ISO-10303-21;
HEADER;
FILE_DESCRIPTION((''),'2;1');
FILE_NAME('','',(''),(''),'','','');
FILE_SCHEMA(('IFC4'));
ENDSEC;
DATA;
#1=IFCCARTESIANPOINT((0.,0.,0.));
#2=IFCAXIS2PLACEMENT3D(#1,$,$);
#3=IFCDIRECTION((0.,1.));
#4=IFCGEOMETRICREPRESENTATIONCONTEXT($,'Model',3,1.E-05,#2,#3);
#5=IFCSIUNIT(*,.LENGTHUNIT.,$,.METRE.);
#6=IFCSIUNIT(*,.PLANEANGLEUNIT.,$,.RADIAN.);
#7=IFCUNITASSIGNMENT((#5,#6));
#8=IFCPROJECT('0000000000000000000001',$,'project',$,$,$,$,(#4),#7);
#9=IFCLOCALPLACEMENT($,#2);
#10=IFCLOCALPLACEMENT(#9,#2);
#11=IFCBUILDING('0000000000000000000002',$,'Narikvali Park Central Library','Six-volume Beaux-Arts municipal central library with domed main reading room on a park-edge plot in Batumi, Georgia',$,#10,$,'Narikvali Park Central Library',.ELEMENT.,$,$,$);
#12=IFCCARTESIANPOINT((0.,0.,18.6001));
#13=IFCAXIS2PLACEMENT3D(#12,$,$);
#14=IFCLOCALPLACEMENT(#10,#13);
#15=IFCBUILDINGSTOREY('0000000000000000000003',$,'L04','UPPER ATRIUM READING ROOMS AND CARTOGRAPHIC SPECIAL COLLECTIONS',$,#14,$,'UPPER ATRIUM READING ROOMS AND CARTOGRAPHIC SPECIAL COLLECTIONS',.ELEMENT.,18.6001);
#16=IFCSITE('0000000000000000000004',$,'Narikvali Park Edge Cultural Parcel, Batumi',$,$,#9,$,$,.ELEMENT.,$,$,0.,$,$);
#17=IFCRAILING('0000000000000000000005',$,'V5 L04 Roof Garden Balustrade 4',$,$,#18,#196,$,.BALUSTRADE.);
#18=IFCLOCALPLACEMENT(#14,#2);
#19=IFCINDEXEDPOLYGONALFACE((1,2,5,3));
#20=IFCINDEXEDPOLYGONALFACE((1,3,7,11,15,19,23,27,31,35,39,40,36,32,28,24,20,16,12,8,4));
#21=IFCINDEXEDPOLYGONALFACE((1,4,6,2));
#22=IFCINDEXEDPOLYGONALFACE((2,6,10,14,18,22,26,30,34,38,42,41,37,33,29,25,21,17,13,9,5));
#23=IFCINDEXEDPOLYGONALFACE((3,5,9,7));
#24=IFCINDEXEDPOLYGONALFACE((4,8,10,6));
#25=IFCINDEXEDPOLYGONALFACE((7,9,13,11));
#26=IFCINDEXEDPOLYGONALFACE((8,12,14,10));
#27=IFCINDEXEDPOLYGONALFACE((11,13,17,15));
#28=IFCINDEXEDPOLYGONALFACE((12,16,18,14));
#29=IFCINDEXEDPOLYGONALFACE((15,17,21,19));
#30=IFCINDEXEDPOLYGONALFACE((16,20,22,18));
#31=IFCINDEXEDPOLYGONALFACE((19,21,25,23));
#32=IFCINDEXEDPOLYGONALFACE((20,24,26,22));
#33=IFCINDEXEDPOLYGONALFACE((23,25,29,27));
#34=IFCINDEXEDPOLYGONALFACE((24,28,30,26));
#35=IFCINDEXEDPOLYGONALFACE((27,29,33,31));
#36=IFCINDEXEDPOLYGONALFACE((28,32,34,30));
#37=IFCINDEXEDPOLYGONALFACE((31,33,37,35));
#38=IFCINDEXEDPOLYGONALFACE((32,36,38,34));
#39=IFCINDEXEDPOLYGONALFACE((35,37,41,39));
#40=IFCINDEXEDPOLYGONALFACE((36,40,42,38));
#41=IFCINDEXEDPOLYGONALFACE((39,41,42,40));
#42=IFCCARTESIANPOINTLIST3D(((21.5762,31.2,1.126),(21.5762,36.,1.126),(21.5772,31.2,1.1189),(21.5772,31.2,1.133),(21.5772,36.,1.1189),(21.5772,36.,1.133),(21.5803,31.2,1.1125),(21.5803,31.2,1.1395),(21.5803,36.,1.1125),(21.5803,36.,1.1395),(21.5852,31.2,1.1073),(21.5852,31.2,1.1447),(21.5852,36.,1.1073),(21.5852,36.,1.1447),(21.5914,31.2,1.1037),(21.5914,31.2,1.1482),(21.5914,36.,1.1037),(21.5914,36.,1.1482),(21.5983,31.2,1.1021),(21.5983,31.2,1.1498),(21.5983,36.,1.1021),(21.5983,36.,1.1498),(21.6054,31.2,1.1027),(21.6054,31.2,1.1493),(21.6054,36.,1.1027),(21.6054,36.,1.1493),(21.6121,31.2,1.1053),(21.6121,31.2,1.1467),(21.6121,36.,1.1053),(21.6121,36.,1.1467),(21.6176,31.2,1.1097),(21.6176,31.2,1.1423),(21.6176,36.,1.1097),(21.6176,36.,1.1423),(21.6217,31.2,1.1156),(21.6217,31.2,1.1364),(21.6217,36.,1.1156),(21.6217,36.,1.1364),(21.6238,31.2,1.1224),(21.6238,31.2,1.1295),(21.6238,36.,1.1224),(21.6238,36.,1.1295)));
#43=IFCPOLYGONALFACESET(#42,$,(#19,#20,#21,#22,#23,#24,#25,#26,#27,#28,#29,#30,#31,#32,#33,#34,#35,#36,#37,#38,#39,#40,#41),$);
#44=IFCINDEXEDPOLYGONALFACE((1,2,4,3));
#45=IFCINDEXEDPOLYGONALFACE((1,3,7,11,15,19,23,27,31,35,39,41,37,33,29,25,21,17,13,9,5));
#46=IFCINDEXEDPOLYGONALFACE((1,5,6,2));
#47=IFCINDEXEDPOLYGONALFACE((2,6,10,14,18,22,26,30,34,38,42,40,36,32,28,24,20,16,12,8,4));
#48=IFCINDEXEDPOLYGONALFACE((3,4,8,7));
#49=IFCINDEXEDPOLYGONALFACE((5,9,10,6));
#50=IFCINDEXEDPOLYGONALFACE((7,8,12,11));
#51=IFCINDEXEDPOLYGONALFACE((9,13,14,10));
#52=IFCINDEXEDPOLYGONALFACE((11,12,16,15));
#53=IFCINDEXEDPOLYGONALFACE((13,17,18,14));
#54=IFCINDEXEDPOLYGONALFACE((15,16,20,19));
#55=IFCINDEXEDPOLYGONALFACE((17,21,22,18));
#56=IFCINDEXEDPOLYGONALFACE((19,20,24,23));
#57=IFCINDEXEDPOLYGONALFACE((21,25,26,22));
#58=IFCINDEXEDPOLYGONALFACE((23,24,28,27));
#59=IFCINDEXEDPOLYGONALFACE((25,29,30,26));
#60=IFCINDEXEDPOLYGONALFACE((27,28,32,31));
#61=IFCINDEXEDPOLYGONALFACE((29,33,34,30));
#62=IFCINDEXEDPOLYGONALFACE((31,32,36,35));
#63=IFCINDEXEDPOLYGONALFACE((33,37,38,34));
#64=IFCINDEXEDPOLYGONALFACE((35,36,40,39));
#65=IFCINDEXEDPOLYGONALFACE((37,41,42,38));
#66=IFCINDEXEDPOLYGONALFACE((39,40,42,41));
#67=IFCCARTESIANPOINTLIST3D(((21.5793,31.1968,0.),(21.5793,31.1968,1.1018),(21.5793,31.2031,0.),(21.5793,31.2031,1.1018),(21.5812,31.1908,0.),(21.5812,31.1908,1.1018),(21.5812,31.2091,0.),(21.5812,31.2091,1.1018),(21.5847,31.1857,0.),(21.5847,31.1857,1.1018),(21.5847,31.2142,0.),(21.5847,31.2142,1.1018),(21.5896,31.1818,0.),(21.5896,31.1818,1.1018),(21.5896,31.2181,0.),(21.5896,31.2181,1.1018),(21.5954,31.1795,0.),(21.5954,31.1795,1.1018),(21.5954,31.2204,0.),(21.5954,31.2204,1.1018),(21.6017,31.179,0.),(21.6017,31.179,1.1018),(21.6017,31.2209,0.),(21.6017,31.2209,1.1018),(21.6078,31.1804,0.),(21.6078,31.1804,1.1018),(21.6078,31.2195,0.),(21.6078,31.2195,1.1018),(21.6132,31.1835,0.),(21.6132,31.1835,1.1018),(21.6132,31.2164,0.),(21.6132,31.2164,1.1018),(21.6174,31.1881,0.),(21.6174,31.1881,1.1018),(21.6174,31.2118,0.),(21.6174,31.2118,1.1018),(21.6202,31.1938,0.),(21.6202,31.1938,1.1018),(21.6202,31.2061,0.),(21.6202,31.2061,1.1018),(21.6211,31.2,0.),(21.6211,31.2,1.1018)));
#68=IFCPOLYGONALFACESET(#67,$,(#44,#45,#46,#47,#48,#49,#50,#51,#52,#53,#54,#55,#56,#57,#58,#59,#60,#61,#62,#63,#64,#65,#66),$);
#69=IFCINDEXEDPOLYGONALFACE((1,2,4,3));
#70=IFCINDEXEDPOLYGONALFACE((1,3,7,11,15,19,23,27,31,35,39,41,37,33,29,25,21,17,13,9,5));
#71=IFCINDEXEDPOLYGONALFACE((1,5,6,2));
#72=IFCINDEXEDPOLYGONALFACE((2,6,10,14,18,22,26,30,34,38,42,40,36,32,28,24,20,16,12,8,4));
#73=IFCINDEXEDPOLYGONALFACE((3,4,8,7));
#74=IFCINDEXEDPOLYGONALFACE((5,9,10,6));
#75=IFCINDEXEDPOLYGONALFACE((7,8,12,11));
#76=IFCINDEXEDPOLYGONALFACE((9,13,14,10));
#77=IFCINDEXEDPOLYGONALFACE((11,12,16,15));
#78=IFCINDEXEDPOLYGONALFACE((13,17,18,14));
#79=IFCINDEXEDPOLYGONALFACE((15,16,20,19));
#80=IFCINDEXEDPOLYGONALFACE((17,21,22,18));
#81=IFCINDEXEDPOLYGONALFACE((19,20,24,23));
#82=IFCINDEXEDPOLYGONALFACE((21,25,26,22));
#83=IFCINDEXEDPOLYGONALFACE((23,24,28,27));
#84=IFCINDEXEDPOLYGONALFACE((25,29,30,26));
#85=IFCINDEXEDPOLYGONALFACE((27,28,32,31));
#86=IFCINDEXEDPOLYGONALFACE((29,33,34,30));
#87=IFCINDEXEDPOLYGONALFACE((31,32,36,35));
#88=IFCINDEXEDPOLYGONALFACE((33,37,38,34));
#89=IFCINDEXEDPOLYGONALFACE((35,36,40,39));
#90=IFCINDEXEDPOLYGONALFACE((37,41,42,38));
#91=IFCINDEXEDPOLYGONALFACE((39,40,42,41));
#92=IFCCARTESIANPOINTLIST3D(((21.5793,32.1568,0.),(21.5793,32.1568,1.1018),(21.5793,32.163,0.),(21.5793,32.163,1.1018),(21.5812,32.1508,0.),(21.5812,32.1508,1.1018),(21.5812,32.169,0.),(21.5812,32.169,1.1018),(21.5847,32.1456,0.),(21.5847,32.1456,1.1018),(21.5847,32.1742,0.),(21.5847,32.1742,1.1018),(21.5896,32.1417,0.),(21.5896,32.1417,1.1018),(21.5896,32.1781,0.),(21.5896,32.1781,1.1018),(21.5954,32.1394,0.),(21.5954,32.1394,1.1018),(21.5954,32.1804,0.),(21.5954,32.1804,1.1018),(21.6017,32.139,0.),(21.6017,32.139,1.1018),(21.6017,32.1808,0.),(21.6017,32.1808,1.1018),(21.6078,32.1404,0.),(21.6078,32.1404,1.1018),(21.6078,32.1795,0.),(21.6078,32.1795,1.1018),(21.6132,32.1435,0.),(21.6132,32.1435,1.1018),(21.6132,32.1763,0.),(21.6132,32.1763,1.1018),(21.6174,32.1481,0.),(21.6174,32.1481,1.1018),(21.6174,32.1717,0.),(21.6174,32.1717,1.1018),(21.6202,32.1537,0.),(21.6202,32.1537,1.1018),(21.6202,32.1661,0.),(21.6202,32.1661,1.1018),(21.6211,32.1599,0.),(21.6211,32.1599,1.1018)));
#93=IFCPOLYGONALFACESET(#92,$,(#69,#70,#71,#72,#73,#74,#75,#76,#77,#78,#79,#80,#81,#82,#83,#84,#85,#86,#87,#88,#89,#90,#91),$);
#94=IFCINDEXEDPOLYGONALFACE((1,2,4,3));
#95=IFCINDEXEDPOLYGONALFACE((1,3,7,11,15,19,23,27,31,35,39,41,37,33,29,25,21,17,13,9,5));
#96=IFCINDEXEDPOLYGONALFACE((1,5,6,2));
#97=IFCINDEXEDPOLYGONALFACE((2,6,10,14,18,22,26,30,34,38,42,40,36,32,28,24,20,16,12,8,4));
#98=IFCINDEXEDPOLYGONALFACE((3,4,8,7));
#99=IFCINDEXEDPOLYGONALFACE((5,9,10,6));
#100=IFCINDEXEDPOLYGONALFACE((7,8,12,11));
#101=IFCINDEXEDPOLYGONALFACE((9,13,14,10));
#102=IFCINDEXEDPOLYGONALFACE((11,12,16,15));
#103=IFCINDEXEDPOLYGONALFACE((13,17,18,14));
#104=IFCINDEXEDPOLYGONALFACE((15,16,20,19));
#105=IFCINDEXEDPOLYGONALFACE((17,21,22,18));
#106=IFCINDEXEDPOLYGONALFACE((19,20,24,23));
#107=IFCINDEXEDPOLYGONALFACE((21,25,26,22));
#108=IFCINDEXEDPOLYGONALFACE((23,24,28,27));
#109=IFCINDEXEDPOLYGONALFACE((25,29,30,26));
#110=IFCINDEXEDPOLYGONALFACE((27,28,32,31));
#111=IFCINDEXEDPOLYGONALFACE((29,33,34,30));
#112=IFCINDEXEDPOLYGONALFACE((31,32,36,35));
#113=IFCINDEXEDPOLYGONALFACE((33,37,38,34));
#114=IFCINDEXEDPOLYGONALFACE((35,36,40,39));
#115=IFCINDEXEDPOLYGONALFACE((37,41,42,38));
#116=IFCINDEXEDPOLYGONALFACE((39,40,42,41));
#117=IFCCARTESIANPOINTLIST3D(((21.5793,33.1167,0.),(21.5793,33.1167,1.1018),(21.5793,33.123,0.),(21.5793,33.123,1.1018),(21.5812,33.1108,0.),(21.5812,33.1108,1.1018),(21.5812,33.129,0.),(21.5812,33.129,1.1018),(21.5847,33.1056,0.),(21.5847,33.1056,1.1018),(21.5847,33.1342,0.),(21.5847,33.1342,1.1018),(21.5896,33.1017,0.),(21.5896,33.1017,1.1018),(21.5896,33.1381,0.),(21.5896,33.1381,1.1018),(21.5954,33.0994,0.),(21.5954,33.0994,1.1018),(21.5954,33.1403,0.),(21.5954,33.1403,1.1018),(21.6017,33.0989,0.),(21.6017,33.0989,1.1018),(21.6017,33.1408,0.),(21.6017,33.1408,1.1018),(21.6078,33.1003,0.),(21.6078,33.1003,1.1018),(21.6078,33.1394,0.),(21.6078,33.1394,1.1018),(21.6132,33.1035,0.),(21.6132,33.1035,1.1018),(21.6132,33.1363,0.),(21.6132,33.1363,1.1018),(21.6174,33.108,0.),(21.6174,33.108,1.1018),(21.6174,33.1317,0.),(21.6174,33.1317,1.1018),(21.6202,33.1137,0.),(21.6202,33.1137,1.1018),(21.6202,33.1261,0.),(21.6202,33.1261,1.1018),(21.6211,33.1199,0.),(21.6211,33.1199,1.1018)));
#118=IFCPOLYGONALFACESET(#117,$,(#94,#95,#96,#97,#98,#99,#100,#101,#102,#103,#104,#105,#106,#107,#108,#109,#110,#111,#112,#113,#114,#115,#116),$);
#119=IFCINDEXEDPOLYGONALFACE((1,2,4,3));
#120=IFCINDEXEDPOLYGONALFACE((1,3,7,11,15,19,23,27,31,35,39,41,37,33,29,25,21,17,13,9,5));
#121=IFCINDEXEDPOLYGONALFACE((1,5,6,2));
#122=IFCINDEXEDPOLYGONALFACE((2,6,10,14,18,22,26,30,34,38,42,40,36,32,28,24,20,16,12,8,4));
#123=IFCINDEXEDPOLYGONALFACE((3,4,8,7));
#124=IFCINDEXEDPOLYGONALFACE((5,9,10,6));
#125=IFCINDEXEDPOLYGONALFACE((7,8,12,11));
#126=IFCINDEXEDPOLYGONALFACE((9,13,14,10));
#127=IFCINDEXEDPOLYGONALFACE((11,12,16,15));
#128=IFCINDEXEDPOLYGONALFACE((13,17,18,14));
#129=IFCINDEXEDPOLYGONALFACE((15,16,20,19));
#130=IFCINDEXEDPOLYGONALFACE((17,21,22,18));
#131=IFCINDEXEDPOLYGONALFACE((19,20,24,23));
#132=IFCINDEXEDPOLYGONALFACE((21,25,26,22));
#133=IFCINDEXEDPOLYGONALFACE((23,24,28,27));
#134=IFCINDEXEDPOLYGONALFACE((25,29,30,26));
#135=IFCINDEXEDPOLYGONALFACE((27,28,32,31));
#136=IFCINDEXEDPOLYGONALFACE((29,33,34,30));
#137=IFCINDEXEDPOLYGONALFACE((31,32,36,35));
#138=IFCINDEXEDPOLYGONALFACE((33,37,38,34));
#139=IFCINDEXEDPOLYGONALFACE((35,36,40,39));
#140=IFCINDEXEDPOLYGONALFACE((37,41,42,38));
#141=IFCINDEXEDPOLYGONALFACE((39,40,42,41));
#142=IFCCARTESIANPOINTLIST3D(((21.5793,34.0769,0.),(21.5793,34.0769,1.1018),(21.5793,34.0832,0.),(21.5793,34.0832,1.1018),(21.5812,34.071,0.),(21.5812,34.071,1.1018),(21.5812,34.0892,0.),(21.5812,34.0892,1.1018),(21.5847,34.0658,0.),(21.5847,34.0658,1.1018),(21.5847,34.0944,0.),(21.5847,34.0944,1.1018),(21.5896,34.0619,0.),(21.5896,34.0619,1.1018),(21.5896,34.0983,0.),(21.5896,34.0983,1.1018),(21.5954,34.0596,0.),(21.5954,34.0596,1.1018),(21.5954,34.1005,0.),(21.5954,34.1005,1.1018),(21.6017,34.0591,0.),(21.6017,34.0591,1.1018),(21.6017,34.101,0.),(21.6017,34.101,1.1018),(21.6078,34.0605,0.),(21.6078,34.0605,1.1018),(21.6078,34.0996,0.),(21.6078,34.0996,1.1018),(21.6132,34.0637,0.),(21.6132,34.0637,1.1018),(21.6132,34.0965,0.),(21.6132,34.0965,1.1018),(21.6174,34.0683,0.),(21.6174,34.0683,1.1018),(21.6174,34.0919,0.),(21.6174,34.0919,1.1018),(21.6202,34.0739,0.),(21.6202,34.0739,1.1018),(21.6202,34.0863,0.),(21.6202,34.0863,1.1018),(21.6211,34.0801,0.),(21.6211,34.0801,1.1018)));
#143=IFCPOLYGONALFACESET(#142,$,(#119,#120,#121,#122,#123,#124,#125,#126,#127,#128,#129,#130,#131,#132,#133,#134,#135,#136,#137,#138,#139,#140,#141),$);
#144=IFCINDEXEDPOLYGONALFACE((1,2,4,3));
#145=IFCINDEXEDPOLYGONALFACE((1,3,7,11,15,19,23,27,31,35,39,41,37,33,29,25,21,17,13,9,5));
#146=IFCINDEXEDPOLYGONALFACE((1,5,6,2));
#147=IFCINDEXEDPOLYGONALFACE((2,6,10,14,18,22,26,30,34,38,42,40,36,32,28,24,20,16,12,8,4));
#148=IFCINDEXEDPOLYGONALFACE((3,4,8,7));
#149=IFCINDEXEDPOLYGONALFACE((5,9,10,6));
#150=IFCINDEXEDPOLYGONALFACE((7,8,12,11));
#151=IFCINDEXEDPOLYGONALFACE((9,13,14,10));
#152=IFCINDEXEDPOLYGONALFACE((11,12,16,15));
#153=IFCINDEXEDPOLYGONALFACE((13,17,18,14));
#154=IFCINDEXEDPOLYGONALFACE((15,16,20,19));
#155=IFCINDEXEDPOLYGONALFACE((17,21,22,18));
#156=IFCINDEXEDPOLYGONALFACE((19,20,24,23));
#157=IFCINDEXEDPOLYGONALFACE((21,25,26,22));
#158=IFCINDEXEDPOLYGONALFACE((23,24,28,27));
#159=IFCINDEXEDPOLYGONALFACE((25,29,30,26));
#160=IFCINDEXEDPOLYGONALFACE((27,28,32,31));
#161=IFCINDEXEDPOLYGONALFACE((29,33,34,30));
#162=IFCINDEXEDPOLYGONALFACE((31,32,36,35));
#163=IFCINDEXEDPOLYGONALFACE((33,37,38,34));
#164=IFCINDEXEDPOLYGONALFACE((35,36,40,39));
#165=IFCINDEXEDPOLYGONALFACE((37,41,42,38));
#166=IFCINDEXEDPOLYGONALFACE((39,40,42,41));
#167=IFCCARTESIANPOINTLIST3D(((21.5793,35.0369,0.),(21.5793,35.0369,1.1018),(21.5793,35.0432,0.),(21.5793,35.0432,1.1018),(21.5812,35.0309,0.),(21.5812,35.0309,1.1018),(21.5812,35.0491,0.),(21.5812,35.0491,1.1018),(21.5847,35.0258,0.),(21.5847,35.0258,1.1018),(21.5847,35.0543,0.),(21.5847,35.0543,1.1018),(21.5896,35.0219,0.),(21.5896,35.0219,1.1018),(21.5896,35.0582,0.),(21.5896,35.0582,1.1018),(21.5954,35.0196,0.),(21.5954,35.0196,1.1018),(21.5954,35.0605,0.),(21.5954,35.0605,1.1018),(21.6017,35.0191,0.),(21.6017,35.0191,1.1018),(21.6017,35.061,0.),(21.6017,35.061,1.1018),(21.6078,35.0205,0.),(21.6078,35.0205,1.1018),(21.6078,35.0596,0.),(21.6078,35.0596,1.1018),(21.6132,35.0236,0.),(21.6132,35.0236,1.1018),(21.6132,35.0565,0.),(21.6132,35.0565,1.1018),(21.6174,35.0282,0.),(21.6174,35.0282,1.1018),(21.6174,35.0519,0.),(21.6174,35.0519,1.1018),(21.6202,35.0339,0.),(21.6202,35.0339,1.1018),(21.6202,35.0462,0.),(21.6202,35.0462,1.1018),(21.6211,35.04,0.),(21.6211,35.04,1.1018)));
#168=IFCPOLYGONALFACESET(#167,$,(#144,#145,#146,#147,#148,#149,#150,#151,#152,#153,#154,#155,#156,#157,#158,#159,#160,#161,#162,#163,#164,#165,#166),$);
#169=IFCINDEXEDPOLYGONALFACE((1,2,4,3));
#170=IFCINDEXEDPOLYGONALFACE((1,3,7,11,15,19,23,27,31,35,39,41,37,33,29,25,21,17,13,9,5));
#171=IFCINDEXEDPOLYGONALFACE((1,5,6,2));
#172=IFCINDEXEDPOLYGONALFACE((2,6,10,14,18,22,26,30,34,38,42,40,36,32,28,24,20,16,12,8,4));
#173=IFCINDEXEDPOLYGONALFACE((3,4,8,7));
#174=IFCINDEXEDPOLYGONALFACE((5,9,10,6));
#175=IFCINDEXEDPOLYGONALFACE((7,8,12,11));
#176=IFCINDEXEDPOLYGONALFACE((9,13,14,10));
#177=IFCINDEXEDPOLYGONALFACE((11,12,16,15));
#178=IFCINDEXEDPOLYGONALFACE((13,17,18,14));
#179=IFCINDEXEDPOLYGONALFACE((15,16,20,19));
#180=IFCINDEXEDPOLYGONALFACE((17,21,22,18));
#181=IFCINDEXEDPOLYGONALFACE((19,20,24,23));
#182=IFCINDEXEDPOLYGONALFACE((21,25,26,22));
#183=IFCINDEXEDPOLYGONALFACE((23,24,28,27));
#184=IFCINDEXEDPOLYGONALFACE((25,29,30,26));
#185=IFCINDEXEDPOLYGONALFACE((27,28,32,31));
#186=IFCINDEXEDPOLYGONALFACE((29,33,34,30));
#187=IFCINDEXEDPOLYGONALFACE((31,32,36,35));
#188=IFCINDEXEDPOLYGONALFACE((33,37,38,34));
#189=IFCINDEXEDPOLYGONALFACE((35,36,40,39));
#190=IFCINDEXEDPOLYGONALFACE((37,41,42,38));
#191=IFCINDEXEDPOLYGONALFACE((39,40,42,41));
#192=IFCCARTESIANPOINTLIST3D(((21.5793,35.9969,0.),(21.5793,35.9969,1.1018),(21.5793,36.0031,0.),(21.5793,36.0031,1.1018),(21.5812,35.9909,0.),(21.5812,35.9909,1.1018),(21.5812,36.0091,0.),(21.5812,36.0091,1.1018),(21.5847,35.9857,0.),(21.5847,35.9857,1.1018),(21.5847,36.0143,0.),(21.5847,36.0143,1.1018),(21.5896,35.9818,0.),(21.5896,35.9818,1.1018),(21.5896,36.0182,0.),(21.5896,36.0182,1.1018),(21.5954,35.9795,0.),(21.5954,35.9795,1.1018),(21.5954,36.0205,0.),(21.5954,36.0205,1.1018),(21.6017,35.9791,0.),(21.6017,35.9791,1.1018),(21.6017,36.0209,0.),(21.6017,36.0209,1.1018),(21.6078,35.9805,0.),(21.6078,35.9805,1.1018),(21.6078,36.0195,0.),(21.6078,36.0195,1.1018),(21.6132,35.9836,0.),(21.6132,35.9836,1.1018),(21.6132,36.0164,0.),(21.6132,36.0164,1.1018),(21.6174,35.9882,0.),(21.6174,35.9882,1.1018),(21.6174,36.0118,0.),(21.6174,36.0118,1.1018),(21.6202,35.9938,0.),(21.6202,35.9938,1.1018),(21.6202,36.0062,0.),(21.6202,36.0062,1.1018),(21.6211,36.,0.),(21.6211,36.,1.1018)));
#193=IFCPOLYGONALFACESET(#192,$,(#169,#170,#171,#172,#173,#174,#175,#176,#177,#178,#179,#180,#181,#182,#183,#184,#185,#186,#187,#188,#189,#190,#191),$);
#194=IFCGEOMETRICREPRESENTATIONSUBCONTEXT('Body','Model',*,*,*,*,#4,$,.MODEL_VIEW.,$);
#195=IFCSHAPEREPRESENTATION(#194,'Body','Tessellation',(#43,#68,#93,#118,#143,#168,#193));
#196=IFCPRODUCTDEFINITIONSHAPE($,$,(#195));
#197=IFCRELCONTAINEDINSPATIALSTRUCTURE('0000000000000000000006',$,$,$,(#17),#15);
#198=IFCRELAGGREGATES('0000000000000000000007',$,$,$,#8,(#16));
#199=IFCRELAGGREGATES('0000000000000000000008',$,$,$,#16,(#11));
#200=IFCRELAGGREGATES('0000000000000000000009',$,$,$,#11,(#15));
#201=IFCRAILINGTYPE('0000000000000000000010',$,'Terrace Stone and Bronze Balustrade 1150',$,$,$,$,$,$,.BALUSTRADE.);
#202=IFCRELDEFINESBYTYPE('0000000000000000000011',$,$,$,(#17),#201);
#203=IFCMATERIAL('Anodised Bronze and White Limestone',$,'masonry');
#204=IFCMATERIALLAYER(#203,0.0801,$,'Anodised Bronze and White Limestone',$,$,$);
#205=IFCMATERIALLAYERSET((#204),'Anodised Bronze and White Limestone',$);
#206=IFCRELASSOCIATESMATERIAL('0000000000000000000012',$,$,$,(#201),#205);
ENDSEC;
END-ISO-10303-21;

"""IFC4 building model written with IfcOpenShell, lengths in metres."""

from ifc_helpers import new_model, si_unit, direction, frame, origin, origin_2d, place, context, subcontext, project, spatial, circle, extrude, material, layer, layer_set, type_object, element, save


model = new_model("IFC4")

# Units and contexts
model_context = context("Model", 3, precision=1e-05, world=origin(), true_north=direction((0.0, 1.0)))
body_context = subcontext(model_context, "Body", "Model", "MODEL_VIEW")
ifc_project = project(units=[si_unit("LENGTHUNIT", "METRE"), si_unit("PLANEANGLEUNIT", "RADIAN")], contexts=[model_context])

# Site, building, storey
site_placement = place(None, origin())
site = spatial("IfcSite", under=ifc_project, at=site_placement, Name="Narikvali Park Edge Cultural Parcel, Batumi", CompositionType="ELEMENT", RefElevation=0.0)
building_placement = place(site_placement, origin())
building = spatial("IfcBuilding", under=site, at=building_placement, Name="Narikvali Park Central Library", Description="Six-volume Beaux-Arts municipal central library with domed main reading room on a park-edge plot in Batumi, Georgia", LongName="Narikvali Park Central Library", CompositionType="ELEMENT")
storey_placement = place(building_placement, frame((0.0, 0.0, 18.6001)))
storey = spatial("IfcBuildingStorey", under=building, at=storey_placement, Name="L04", Description="UPPER ATRIUM READING ROOMS AND CARTOGRAPHIC SPECIAL COLLECTIONS", LongName="UPPER ATRIUM READING ROOMS AND CARTOGRAPHIC SPECIAL COLLECTIONS", CompositionType="ELEMENT", Elevation=18.6001)

# Railing
ifc_material_1 = material(Name="Anodised Bronze and White Limestone", Category="masonry")
ifc_layer_1 = layer(ifc_material_1, 0.0801, Name="Anodised Bronze and White Limestone")
ifc_layer_set_1 = layer_set([ifc_layer_1], Name="Anodised Bronze and White Limestone")
railing_type = type_object("IfcRailingType", Name="Terrace Stone and Bronze Balustrade 1150", PredefinedType="BALUSTRADE", material=ifc_layer_set_1)
railing_1_placement = place(storey_placement, frame((21.6001, 31.2, 0.0)))
element("IfcRailing", 1, at=railing_1_placement, inside=storey, type_object=railing_type, Name="V5 L04 Roof Garden Balustrade 4", PredefinedType="BALUSTRADE", context=body_context, shape_type="SweptSolid", body=[
    extrude(circle(Radius=0.0239, at=origin_2d()), frame((0.0, 0.0, 1.126), z_axis=(0.0, 1.0, 0.0), x_axis=(-1.0, 0.0, 0.0)), (0.0, 0.0, 1.0), 4.8),
    extrude(circle(Radius=0.021, at=origin_2d()), origin(), (0.0, 0.0, 1.0), 1.1018),
    extrude(circle(Radius=0.021, at=origin_2d()), frame((0.0, 0.96, 0.0)), (0.0, 0.0, 1.0), 1.1018),
    extrude(circle(Radius=0.021, at=origin_2d()), frame((0.0, 1.9199, 0.0)), (0.0, 0.0, 1.0), 1.1018),
    extrude(circle(Radius=0.021, at=origin_2d()), frame((0.0, 2.8801, 0.0)), (0.0, 0.0, 1.0), 1.1018),
    extrude(circle(Radius=0.021, at=origin_2d()), frame((0.0, 3.8401, 0.0)), (0.0, 0.0, 1.0), 1.1018),
    extrude(circle(Radius=0.021, at=origin_2d()), frame((0.0, 4.8, 0.0)), (0.0, 0.0, 1.0), 1.1018),
])

save(model, "model.ifc")
